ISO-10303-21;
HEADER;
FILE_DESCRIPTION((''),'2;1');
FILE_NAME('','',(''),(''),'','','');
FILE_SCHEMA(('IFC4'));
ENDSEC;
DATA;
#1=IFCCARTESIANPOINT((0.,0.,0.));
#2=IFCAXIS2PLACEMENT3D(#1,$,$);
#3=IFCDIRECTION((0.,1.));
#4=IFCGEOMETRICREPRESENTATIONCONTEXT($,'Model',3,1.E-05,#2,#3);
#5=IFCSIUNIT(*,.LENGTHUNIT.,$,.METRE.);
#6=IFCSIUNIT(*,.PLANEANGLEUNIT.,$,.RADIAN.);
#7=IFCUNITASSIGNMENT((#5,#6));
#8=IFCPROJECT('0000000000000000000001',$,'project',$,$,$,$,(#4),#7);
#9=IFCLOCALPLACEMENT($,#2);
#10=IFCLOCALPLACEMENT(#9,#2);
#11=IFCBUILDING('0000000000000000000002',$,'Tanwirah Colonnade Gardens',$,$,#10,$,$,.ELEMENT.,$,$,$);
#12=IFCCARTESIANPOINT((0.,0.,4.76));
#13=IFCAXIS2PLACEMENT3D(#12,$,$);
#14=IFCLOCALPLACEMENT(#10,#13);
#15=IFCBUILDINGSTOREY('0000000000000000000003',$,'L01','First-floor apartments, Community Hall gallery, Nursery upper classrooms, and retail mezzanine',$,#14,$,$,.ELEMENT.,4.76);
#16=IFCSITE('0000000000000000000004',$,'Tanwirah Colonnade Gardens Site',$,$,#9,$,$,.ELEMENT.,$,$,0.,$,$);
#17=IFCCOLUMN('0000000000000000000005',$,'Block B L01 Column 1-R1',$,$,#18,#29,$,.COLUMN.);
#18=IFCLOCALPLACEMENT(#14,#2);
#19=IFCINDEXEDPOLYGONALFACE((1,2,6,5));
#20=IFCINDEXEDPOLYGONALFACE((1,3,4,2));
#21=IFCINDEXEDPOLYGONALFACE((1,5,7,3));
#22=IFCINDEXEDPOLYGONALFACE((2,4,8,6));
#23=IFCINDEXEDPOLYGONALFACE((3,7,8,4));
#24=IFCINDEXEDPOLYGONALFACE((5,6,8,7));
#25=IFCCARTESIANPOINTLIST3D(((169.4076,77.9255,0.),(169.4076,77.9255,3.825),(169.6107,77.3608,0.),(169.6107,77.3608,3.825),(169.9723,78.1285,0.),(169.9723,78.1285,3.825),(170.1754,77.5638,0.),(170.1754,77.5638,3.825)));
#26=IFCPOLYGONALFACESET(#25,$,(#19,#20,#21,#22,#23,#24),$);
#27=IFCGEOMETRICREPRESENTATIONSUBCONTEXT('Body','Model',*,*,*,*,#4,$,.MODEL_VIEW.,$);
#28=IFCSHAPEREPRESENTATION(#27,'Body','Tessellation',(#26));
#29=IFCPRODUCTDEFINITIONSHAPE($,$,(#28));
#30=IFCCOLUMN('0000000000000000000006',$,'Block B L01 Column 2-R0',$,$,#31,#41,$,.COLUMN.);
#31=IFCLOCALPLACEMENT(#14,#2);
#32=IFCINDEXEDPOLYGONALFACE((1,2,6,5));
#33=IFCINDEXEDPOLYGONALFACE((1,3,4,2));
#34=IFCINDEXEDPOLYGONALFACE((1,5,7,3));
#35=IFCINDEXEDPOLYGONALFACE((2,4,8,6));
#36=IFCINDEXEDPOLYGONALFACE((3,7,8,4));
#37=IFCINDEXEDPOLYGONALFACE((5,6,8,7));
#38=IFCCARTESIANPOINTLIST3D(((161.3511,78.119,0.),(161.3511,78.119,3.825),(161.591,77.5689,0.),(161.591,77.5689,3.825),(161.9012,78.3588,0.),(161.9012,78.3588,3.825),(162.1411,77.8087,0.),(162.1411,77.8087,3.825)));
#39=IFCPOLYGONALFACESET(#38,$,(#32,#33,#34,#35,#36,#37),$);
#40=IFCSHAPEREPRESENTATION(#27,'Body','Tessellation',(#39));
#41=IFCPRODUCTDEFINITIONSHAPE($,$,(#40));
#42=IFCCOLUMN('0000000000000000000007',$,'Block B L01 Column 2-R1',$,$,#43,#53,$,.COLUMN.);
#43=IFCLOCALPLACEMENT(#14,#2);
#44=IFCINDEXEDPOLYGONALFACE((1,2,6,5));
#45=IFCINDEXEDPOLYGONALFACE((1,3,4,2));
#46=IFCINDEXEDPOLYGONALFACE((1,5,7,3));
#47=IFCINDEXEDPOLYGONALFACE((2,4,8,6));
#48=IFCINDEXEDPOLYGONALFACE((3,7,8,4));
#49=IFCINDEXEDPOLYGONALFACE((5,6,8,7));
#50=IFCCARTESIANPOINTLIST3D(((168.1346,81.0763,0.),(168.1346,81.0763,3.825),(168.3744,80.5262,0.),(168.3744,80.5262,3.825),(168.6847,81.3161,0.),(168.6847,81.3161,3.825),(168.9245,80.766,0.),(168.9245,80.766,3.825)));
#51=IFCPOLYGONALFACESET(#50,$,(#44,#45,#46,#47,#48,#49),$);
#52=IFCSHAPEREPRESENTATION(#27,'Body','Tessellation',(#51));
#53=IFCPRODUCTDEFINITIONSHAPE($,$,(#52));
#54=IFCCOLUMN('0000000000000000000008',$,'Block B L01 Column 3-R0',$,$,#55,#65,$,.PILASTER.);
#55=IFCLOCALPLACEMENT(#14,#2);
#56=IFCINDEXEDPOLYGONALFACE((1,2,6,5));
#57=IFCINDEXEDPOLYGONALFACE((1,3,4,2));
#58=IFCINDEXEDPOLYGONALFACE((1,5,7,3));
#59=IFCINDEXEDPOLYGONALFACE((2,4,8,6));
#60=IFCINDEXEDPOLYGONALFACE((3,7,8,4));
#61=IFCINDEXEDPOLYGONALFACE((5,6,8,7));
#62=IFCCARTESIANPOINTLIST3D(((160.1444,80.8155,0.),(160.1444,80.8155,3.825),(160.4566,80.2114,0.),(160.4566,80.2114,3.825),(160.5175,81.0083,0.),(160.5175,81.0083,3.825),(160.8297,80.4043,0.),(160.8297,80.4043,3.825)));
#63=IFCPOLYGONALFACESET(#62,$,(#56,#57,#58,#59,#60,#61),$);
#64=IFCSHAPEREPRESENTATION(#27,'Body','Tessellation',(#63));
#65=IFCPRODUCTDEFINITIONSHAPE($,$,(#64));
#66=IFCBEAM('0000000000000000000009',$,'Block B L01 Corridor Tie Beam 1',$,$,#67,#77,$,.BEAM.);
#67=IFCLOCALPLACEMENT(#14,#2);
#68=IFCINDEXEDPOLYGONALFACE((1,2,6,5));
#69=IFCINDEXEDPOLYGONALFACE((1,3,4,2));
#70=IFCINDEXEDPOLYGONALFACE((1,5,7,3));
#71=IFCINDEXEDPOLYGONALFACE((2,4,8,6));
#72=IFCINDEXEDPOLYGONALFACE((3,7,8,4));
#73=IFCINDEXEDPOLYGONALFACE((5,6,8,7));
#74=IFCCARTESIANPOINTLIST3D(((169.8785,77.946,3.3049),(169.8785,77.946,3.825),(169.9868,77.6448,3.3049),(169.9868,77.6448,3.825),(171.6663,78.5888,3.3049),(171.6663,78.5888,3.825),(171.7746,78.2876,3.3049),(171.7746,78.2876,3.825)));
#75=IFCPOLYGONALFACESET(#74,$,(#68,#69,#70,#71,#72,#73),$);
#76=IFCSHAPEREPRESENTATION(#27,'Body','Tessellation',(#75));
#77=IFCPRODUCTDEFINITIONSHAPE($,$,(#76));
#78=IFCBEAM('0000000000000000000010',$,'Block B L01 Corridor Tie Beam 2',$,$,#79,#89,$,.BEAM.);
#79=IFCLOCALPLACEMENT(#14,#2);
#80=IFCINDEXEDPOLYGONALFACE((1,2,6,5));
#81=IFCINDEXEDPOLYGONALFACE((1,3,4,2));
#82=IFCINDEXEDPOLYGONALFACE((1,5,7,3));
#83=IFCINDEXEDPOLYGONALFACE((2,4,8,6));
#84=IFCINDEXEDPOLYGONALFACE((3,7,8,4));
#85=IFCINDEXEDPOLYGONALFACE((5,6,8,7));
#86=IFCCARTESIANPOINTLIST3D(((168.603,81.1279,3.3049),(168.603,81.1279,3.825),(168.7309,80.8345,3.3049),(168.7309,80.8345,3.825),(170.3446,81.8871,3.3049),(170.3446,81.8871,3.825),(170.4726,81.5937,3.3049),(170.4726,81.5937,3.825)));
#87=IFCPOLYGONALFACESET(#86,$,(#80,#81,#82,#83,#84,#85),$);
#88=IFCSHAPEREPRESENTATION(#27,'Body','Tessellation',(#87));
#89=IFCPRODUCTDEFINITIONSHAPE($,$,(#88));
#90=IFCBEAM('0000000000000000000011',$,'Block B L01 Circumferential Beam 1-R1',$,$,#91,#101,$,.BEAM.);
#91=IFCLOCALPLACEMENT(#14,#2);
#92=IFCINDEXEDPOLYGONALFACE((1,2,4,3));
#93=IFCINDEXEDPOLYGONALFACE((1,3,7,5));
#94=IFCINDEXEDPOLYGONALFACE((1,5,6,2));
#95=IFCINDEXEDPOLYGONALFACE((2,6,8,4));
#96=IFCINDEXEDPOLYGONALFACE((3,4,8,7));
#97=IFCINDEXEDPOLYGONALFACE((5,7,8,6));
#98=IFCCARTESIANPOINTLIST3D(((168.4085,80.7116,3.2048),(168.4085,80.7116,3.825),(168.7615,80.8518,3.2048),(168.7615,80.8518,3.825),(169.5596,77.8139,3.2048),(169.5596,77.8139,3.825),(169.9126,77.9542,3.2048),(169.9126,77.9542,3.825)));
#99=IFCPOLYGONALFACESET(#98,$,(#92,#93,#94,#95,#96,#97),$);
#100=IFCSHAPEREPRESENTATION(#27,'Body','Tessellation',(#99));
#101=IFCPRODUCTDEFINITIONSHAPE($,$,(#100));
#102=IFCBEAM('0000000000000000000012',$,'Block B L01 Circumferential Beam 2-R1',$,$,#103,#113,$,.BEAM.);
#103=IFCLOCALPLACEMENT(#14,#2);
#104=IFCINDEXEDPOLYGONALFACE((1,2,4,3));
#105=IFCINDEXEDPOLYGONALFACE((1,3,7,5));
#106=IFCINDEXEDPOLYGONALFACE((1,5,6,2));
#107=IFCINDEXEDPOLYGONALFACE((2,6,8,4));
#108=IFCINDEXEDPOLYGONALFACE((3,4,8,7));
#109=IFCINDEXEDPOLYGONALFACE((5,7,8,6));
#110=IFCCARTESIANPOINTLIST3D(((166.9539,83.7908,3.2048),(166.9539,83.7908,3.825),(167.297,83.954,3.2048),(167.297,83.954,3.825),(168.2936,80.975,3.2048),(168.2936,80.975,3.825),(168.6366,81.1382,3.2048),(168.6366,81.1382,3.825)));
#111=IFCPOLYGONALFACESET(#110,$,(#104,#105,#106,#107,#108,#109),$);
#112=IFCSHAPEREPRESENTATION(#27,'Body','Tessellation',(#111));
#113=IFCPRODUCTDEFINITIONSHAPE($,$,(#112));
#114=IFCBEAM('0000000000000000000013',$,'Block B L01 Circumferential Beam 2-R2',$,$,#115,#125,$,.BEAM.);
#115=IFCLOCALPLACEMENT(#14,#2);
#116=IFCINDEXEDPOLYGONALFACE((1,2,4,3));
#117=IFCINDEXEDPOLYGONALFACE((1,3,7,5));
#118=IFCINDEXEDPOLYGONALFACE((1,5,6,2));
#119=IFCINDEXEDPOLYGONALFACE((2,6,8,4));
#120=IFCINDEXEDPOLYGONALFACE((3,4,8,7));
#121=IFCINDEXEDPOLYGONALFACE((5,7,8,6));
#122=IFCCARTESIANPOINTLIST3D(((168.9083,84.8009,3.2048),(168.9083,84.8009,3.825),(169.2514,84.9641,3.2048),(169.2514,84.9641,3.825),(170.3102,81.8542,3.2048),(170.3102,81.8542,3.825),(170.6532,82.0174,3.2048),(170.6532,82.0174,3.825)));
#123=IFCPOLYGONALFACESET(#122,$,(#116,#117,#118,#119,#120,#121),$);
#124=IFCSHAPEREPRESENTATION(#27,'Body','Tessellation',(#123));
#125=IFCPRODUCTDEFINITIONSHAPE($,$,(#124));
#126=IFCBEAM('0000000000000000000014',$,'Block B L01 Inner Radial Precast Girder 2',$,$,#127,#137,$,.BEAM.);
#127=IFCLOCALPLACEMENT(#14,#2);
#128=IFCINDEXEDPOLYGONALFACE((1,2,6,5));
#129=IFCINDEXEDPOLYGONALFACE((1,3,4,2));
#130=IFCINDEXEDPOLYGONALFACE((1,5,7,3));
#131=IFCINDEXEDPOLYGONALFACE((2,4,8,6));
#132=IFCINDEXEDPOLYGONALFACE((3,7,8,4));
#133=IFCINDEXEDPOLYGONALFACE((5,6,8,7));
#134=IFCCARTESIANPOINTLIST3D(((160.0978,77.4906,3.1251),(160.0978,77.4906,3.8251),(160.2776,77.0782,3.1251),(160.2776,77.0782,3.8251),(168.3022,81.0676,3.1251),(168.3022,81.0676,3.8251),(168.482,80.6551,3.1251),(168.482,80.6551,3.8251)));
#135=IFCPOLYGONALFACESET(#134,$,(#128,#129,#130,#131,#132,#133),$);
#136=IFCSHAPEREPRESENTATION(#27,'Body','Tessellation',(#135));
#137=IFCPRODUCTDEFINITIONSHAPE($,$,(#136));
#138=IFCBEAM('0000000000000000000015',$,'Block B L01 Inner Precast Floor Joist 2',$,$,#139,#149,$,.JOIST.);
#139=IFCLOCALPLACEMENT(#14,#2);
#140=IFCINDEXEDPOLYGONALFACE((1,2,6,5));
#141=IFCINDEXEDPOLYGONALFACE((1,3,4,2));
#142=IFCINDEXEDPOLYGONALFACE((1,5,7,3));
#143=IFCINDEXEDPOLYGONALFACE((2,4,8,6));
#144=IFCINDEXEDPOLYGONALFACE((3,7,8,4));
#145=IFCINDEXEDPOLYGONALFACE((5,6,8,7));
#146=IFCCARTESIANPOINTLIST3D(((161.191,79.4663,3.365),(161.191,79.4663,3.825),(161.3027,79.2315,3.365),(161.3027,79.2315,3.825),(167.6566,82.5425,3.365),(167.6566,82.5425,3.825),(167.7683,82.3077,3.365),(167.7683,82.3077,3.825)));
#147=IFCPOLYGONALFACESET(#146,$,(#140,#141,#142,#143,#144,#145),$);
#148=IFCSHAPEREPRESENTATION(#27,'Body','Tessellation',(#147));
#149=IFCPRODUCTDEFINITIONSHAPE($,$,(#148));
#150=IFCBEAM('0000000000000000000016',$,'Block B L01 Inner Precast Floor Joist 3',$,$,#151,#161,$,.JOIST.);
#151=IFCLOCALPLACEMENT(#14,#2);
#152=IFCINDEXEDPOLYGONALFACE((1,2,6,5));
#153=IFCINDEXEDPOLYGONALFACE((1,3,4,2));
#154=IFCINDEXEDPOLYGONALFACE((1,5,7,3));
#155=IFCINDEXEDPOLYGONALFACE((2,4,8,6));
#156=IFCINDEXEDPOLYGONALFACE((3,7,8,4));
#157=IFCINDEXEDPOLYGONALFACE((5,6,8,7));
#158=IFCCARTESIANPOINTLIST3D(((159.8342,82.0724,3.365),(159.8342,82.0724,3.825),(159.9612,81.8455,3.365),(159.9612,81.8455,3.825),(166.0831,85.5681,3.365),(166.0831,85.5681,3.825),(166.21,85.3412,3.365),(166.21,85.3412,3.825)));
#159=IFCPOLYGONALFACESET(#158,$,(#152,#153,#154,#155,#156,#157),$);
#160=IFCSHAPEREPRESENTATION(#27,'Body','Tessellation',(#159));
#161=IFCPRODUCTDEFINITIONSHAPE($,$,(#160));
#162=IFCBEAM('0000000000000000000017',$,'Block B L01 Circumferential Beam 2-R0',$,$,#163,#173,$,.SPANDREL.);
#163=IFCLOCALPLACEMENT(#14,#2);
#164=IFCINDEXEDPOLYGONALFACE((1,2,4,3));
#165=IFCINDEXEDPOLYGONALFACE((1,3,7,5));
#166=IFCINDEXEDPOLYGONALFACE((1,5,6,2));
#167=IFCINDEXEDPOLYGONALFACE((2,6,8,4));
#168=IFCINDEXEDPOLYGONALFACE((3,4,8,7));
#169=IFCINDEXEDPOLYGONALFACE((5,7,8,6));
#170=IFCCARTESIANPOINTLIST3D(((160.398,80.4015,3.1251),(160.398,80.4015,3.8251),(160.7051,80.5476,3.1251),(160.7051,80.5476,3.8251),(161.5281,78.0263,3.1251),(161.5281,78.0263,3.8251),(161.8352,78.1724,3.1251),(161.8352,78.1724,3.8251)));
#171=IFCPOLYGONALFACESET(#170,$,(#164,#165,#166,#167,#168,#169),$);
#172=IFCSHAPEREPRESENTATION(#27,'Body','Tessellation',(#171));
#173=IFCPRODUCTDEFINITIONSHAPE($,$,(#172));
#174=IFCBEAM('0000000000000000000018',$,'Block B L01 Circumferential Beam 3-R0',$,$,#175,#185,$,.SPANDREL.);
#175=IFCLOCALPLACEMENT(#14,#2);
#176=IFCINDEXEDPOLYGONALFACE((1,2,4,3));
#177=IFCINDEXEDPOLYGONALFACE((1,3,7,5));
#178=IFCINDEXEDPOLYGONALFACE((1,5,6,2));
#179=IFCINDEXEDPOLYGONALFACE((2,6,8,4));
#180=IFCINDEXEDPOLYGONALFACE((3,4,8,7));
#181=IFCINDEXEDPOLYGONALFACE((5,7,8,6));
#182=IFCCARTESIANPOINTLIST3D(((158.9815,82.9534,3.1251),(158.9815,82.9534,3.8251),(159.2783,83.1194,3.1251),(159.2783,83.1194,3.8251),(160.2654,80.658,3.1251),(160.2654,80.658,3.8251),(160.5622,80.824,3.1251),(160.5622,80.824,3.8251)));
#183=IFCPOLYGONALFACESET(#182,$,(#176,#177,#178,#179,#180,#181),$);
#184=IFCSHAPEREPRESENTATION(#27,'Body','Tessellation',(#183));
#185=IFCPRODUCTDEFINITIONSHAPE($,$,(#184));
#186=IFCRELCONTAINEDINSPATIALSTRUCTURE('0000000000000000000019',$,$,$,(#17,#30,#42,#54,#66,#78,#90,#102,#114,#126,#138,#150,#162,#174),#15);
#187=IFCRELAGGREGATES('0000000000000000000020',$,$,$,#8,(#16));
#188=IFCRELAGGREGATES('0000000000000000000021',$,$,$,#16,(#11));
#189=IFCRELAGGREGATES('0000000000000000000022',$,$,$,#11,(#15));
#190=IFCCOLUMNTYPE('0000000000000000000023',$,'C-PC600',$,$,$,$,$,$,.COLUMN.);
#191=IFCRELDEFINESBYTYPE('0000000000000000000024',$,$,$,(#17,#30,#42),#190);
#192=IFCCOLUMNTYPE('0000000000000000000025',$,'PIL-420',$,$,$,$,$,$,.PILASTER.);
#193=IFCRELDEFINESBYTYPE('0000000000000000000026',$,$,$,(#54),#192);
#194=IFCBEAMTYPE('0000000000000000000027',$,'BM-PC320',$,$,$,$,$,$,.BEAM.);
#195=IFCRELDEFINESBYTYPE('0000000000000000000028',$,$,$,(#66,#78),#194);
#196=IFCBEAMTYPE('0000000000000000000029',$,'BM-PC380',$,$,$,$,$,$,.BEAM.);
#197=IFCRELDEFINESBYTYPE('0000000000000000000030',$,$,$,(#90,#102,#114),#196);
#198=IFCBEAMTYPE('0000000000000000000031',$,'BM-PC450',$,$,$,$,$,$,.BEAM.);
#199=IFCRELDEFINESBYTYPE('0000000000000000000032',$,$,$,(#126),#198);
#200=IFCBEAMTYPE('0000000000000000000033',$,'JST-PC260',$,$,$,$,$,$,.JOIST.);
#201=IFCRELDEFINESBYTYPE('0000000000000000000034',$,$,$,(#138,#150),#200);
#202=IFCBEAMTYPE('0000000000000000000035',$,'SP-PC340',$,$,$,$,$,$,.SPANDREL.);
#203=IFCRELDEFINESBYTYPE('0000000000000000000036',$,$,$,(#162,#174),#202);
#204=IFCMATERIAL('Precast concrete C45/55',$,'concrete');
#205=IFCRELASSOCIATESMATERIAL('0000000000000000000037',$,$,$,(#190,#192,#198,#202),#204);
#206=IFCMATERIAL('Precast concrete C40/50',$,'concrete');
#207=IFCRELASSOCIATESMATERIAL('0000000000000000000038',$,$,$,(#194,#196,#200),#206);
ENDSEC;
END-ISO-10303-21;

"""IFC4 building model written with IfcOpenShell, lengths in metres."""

from ifc_helpers import new_model, si_unit, direction, frame, origin, origin_2d, place, context, subcontext, project, spatial, rectangle, extrude, material, material_profile, profile_set, type_object, element, save


model = new_model("IFC4")

# Units and contexts
model_context = context("Model", 3, precision=1e-05, world=origin(), true_north=direction((0.0, 1.0)))
body_context = subcontext(model_context, "Body", "Model", "MODEL_VIEW")
ifc_project = project(units=[si_unit("LENGTHUNIT", "METRE"), si_unit("PLANEANGLEUNIT", "RADIAN")], contexts=[model_context])

# Site, building, storey
site_placement = place(None, origin())
site = spatial("IfcSite", under=ifc_project, at=site_placement, Name="Tanwirah Colonnade Gardens Site", CompositionType="ELEMENT", RefElevation=0.0)
building_placement = place(site_placement, origin())
building = spatial("IfcBuilding", under=site, at=building_placement, Name="Tanwirah Colonnade Gardens", CompositionType="ELEMENT")
storey_placement = place(building_placement, frame((0.0, 0.0, 4.76)))
storey = spatial("IfcBuildingStorey", under=building, at=storey_placement, Name="L01", Description="First-floor apartments, Community Hall gallery, Nursery upper classrooms, and retail mezzanine", CompositionType="ELEMENT", Elevation=4.76)

# Columns
ifc_material_1 = material(Name="Precast concrete C45/55", Category="concrete")
ifc_material_profile_1 = material_profile(ifc_material_1, rectangle(XDim=0.6001, YDim=0.6001, at=origin_2d()), Name="PC-COL 600x600")
ifc_profile_set_1 = profile_set([ifc_material_profile_1], Name="Precast concrete C45/55")
column_type_1 = type_object("IfcColumnType", Name="C-PC600", PredefinedType="COLUMN", material=ifc_profile_set_1)
for number, where, z_axis, x_axis, name in (
    (1, (169.7915, 77.7446, 0.0), (0.0, 0.0, 1.0), (0.941012, 0.338373, 0.0), "Block B L01 Column 1-R1"),
    (2, (161.7461, 77.9639, 0.0), (0.0, 0.0, 1.0), (0.916673, 0.399638, 0.0), "Block B L01 Column 2-R0"),
    (3, (168.5295, 80.9211, 0.0), (0.0, 0.0, 1.0), (0.916673, 0.399638, 0.0), "Block B L01 Column 2-R1"),
):
    element("IfcColumn", number, at=place(storey_placement, frame(where, z_axis=z_axis, x_axis=x_axis)), inside=storey, type_object=column_type_1, Name=name, PredefinedType="COLUMN", context=body_context, shape_type="SweptSolid", body=[
        extrude(rectangle(XDim=0.6001, YDim=0.6001, at=origin_2d()), origin(), (0.0, 0.0, 1.0), 3.825),
    ])
ifc_material_profile_2 = material_profile(ifc_material_1, rectangle(XDim=0.4199, YDim=0.6799, at=origin_2d()), Name="PC-PIL 420x680")
ifc_profile_set_2 = profile_set([ifc_material_profile_2], Name="Precast concrete C45/55")
column_type_2 = type_object("IfcColumnType", Name="PIL-420", PredefinedType="PILASTER", material=ifc_profile_set_2)
column_placement = place(storey_placement, frame((160.4871, 80.6099, 0.0), z_axis=(0.0, 0.0, 1.0), x_axis=(0.88835, 0.459166, 0.0)))
element("IfcColumn", 4, at=column_placement, inside=storey, type_object=column_type_2, Name="Block B L01 Column 3-R0", PredefinedType="PILASTER", context=body_context, shape_type="SweptSolid", body=[
    extrude(rectangle(XDim=0.4199, YDim=0.6799, at=origin_2d()), origin(), (0.0, 0.0, 1.0), 3.825),
])

# Beams
ifc_material_2 = material(Name="Precast concrete C40/50", Category="concrete")
ifc_material_profile_3 = material_profile(ifc_material_2, rectangle(XDim=0.3201, YDim=0.52, at=origin_2d()), Name="PC-BM 320x520")
ifc_profile_set_3 = profile_set([ifc_material_profile_3], Name="Precast concrete C40/50")
beam_type_1 = type_object("IfcBeamType", Name="BM-PC320", PredefinedType="BEAM", material=ifc_profile_set_3)
for number, where, z_axis, x_axis, name in (
    (5, (169.9326, 77.7954, 3.5649), (0.941022, 0.338346, 0.0), (-0.338346, 0.941022, 0.0), "Block B L01 Corridor Tie Beam 1"),
    (6, (168.667, 80.9812, 3.5649), (0.916681, 0.399619, 0.0), (-0.399619, 0.916681, 0.0), "Block B L01 Corridor Tie Beam 2"),
):
    element("IfcBeam", number, at=place(storey_placement, frame(where, z_axis=z_axis, x_axis=x_axis)), inside=storey, type_object=beam_type_1, Name=name, PredefinedType="BEAM", context=body_context, shape_type="SweptSolid", body=[
        extrude(rectangle(XDim=0.3201, YDim=0.52, at=origin_2d()), origin(), (0.0, 0.0, 1.0), 1.8999),
    ])
ifc_material_profile_4 = material_profile(ifc_material_2, rectangle(XDim=0.3799, YDim=0.6201, at=origin_2d()), Name="PC-BM 380x620")
ifc_profile_set_4 = profile_set([ifc_material_profile_4], Name="Precast concrete C40/50")
beam_type_2 = type_object("IfcBeamType", Name="BM-PC380", PredefinedType="BEAM", material=ifc_profile_set_4)
beam_1_placement = place(storey_placement, frame((169.7361, 77.884, 3.5149), z_axis=(-0.369189, 0.929354, 0.0), x_axis=(-0.929354, -0.369189, 0.0)))
element("IfcBeam", 7, at=beam_1_placement, inside=storey, type_object=beam_type_2, Name="Block B L01 Circumferential Beam 1-R1", PredefinedType="BEAM", context=body_context, shape_type="SweptSolid", body=[
    extrude(rectangle(XDim=0.3799, YDim=0.6201, at=origin_2d()), origin(), (0.0, 0.0, 1.0), 3.1179),
])
beam_2_placement = place(storey_placement, frame((168.4651, 81.0566, 3.5149), z_axis=(-0.429621, 0.90301, 0.0), x_axis=(-0.90301, -0.429621, 0.0)))
element("IfcBeam", 8, at=beam_2_placement, inside=storey, type_object=beam_type_2, Name="Block B L01 Circumferential Beam 2-R1", PredefinedType="BEAM", context=body_context, shape_type="SweptSolid", body=[
    extrude(rectangle(XDim=0.3799, YDim=0.6201, at=origin_2d()), origin(), (0.0, 0.0, 1.0), 3.1182),
])
beam_3_placement = place(storey_placement, frame((170.4817, 81.9358, 3.5149), z_axis=(-0.429591, 0.903024, 0.0), x_axis=(-0.903024, -0.429591, 0.0)))
element("IfcBeam", 9, at=beam_3_placement, inside=storey, type_object=beam_type_2, Name="Block B L01 Circumferential Beam 2-R2", PredefinedType="BEAM", context=body_context, shape_type="SweptSolid", body=[
    extrude(rectangle(XDim=0.3799, YDim=0.6201, at=origin_2d()), origin(), (0.0, 0.0, 1.0), 3.2632),
])
ifc_material_profile_5 = material_profile(ifc_material_1, rectangle(XDim=0.45, YDim=0.7, at=origin_2d()), Name="PC-BM 450x700")
ifc_profile_set_5 = profile_set([ifc_material_profile_5], Name="Precast concrete C45/55")
beam_type_3 = type_object("IfcBeamType", Name="BM-PC450", PredefinedType="BEAM", material=ifc_profile_set_5)
beam_4_placement = place(storey_placement, frame((168.3921, 80.8613, 3.4751), z_axis=(-0.916669, -0.399647, 0.0), x_axis=(0.399647, -0.916669, 0.0)))
element("IfcBeam", 10, at=beam_4_placement, inside=storey, type_object=beam_type_3, Name="Block B L01 Inner Radial Precast Girder 2", PredefinedType="BEAM", context=body_context, shape_type="SweptSolid", body=[
    extrude(rectangle(XDim=0.45, YDim=0.7, at=origin_2d()), origin(), (0.0, 0.0, 1.0), 8.9502),
])
ifc_material_profile_6 = material_profile(ifc_material_2, rectangle(XDim=0.26, YDim=0.46, at=origin_2d()), Name="PC-JST 260x460")
ifc_profile_set_6 = profile_set([ifc_material_profile_6], Name="Precast concrete C40/50")
beam_type_4 = type_object("IfcBeamType", Name="JST-PC260", PredefinedType="JOIST", material=ifc_profile_set_6)
for number, where, z_axis, x_axis, name in (
    (11, (161.2468, 79.3489, 3.595), (0.903005, 0.429629, 0.0), (-0.429629, 0.903005, 0.0), "Block B L01 Inner Precast Floor Joist 2"),
    (12, (159.8977, 81.959, 3.595), (0.872727, 0.488209, 0.0), (-0.488209, 0.872727, 0.0), "Block B L01 Inner Precast Floor Joist 3"),
):
    element("IfcBeam", number, at=place(storey_placement, frame(where, z_axis=z_axis, x_axis=x_axis)), inside=storey, type_object=beam_type_4, Name=name, PredefinedType="JOIST", context=body_context, shape_type="SweptSolid", body=[
        extrude(rectangle(XDim=0.26, YDim=0.46, at=origin_2d()), origin(), (0.0, 0.0, 1.0), 7.1602),
    ])
ifc_material_profile_7 = material_profile(ifc_material_1, rectangle(XDim=0.3401, YDim=0.7, at=origin_2d()), Name="PC-SP 340x700")
ifc_profile_set_7 = profile_set([ifc_material_profile_7], Name="Precast concrete C45/55")
beam_type_5 = type_object("IfcBeamType", Name="SP-PC340", PredefinedType="SPANDREL", material=ifc_profile_set_7)
beam_5_placement = place(storey_placement, frame((161.6816, 78.0994, 3.4751), z_axis=(-0.429642, 0.902999, 0.0), x_axis=(-0.902999, -0.429642, 0.0)))
element("IfcBeam", 13, at=beam_5_placement, inside=storey, type_object=beam_type_5, Name="Block B L01 Circumferential Beam 2-R0", PredefinedType="SPANDREL", context=body_context, shape_type="SweptSolid", body=[
    extrude(rectangle(XDim=0.3401, YDim=0.7, at=origin_2d()), origin(), (0.0, 0.0, 1.0), 2.6304),
])
beam_6_placement = place(storey_placement, frame((160.4138, 80.741, 3.4751), z_axis=(-0.488171, 0.872748, 0.0), x_axis=(-0.872748, -0.488171, 0.0)))
element("IfcBeam", 14, at=beam_6_placement, inside=storey, type_object=beam_type_5, Name="Block B L01 Circumferential Beam 3-R0", PredefinedType="SPANDREL", context=body_context, shape_type="SweptSolid", body=[
    extrude(rectangle(XDim=0.3401, YDim=0.7, at=origin_2d()), origin(), (0.0, 0.0, 1.0), 2.6301),
])

save(model, "model.ifc")
